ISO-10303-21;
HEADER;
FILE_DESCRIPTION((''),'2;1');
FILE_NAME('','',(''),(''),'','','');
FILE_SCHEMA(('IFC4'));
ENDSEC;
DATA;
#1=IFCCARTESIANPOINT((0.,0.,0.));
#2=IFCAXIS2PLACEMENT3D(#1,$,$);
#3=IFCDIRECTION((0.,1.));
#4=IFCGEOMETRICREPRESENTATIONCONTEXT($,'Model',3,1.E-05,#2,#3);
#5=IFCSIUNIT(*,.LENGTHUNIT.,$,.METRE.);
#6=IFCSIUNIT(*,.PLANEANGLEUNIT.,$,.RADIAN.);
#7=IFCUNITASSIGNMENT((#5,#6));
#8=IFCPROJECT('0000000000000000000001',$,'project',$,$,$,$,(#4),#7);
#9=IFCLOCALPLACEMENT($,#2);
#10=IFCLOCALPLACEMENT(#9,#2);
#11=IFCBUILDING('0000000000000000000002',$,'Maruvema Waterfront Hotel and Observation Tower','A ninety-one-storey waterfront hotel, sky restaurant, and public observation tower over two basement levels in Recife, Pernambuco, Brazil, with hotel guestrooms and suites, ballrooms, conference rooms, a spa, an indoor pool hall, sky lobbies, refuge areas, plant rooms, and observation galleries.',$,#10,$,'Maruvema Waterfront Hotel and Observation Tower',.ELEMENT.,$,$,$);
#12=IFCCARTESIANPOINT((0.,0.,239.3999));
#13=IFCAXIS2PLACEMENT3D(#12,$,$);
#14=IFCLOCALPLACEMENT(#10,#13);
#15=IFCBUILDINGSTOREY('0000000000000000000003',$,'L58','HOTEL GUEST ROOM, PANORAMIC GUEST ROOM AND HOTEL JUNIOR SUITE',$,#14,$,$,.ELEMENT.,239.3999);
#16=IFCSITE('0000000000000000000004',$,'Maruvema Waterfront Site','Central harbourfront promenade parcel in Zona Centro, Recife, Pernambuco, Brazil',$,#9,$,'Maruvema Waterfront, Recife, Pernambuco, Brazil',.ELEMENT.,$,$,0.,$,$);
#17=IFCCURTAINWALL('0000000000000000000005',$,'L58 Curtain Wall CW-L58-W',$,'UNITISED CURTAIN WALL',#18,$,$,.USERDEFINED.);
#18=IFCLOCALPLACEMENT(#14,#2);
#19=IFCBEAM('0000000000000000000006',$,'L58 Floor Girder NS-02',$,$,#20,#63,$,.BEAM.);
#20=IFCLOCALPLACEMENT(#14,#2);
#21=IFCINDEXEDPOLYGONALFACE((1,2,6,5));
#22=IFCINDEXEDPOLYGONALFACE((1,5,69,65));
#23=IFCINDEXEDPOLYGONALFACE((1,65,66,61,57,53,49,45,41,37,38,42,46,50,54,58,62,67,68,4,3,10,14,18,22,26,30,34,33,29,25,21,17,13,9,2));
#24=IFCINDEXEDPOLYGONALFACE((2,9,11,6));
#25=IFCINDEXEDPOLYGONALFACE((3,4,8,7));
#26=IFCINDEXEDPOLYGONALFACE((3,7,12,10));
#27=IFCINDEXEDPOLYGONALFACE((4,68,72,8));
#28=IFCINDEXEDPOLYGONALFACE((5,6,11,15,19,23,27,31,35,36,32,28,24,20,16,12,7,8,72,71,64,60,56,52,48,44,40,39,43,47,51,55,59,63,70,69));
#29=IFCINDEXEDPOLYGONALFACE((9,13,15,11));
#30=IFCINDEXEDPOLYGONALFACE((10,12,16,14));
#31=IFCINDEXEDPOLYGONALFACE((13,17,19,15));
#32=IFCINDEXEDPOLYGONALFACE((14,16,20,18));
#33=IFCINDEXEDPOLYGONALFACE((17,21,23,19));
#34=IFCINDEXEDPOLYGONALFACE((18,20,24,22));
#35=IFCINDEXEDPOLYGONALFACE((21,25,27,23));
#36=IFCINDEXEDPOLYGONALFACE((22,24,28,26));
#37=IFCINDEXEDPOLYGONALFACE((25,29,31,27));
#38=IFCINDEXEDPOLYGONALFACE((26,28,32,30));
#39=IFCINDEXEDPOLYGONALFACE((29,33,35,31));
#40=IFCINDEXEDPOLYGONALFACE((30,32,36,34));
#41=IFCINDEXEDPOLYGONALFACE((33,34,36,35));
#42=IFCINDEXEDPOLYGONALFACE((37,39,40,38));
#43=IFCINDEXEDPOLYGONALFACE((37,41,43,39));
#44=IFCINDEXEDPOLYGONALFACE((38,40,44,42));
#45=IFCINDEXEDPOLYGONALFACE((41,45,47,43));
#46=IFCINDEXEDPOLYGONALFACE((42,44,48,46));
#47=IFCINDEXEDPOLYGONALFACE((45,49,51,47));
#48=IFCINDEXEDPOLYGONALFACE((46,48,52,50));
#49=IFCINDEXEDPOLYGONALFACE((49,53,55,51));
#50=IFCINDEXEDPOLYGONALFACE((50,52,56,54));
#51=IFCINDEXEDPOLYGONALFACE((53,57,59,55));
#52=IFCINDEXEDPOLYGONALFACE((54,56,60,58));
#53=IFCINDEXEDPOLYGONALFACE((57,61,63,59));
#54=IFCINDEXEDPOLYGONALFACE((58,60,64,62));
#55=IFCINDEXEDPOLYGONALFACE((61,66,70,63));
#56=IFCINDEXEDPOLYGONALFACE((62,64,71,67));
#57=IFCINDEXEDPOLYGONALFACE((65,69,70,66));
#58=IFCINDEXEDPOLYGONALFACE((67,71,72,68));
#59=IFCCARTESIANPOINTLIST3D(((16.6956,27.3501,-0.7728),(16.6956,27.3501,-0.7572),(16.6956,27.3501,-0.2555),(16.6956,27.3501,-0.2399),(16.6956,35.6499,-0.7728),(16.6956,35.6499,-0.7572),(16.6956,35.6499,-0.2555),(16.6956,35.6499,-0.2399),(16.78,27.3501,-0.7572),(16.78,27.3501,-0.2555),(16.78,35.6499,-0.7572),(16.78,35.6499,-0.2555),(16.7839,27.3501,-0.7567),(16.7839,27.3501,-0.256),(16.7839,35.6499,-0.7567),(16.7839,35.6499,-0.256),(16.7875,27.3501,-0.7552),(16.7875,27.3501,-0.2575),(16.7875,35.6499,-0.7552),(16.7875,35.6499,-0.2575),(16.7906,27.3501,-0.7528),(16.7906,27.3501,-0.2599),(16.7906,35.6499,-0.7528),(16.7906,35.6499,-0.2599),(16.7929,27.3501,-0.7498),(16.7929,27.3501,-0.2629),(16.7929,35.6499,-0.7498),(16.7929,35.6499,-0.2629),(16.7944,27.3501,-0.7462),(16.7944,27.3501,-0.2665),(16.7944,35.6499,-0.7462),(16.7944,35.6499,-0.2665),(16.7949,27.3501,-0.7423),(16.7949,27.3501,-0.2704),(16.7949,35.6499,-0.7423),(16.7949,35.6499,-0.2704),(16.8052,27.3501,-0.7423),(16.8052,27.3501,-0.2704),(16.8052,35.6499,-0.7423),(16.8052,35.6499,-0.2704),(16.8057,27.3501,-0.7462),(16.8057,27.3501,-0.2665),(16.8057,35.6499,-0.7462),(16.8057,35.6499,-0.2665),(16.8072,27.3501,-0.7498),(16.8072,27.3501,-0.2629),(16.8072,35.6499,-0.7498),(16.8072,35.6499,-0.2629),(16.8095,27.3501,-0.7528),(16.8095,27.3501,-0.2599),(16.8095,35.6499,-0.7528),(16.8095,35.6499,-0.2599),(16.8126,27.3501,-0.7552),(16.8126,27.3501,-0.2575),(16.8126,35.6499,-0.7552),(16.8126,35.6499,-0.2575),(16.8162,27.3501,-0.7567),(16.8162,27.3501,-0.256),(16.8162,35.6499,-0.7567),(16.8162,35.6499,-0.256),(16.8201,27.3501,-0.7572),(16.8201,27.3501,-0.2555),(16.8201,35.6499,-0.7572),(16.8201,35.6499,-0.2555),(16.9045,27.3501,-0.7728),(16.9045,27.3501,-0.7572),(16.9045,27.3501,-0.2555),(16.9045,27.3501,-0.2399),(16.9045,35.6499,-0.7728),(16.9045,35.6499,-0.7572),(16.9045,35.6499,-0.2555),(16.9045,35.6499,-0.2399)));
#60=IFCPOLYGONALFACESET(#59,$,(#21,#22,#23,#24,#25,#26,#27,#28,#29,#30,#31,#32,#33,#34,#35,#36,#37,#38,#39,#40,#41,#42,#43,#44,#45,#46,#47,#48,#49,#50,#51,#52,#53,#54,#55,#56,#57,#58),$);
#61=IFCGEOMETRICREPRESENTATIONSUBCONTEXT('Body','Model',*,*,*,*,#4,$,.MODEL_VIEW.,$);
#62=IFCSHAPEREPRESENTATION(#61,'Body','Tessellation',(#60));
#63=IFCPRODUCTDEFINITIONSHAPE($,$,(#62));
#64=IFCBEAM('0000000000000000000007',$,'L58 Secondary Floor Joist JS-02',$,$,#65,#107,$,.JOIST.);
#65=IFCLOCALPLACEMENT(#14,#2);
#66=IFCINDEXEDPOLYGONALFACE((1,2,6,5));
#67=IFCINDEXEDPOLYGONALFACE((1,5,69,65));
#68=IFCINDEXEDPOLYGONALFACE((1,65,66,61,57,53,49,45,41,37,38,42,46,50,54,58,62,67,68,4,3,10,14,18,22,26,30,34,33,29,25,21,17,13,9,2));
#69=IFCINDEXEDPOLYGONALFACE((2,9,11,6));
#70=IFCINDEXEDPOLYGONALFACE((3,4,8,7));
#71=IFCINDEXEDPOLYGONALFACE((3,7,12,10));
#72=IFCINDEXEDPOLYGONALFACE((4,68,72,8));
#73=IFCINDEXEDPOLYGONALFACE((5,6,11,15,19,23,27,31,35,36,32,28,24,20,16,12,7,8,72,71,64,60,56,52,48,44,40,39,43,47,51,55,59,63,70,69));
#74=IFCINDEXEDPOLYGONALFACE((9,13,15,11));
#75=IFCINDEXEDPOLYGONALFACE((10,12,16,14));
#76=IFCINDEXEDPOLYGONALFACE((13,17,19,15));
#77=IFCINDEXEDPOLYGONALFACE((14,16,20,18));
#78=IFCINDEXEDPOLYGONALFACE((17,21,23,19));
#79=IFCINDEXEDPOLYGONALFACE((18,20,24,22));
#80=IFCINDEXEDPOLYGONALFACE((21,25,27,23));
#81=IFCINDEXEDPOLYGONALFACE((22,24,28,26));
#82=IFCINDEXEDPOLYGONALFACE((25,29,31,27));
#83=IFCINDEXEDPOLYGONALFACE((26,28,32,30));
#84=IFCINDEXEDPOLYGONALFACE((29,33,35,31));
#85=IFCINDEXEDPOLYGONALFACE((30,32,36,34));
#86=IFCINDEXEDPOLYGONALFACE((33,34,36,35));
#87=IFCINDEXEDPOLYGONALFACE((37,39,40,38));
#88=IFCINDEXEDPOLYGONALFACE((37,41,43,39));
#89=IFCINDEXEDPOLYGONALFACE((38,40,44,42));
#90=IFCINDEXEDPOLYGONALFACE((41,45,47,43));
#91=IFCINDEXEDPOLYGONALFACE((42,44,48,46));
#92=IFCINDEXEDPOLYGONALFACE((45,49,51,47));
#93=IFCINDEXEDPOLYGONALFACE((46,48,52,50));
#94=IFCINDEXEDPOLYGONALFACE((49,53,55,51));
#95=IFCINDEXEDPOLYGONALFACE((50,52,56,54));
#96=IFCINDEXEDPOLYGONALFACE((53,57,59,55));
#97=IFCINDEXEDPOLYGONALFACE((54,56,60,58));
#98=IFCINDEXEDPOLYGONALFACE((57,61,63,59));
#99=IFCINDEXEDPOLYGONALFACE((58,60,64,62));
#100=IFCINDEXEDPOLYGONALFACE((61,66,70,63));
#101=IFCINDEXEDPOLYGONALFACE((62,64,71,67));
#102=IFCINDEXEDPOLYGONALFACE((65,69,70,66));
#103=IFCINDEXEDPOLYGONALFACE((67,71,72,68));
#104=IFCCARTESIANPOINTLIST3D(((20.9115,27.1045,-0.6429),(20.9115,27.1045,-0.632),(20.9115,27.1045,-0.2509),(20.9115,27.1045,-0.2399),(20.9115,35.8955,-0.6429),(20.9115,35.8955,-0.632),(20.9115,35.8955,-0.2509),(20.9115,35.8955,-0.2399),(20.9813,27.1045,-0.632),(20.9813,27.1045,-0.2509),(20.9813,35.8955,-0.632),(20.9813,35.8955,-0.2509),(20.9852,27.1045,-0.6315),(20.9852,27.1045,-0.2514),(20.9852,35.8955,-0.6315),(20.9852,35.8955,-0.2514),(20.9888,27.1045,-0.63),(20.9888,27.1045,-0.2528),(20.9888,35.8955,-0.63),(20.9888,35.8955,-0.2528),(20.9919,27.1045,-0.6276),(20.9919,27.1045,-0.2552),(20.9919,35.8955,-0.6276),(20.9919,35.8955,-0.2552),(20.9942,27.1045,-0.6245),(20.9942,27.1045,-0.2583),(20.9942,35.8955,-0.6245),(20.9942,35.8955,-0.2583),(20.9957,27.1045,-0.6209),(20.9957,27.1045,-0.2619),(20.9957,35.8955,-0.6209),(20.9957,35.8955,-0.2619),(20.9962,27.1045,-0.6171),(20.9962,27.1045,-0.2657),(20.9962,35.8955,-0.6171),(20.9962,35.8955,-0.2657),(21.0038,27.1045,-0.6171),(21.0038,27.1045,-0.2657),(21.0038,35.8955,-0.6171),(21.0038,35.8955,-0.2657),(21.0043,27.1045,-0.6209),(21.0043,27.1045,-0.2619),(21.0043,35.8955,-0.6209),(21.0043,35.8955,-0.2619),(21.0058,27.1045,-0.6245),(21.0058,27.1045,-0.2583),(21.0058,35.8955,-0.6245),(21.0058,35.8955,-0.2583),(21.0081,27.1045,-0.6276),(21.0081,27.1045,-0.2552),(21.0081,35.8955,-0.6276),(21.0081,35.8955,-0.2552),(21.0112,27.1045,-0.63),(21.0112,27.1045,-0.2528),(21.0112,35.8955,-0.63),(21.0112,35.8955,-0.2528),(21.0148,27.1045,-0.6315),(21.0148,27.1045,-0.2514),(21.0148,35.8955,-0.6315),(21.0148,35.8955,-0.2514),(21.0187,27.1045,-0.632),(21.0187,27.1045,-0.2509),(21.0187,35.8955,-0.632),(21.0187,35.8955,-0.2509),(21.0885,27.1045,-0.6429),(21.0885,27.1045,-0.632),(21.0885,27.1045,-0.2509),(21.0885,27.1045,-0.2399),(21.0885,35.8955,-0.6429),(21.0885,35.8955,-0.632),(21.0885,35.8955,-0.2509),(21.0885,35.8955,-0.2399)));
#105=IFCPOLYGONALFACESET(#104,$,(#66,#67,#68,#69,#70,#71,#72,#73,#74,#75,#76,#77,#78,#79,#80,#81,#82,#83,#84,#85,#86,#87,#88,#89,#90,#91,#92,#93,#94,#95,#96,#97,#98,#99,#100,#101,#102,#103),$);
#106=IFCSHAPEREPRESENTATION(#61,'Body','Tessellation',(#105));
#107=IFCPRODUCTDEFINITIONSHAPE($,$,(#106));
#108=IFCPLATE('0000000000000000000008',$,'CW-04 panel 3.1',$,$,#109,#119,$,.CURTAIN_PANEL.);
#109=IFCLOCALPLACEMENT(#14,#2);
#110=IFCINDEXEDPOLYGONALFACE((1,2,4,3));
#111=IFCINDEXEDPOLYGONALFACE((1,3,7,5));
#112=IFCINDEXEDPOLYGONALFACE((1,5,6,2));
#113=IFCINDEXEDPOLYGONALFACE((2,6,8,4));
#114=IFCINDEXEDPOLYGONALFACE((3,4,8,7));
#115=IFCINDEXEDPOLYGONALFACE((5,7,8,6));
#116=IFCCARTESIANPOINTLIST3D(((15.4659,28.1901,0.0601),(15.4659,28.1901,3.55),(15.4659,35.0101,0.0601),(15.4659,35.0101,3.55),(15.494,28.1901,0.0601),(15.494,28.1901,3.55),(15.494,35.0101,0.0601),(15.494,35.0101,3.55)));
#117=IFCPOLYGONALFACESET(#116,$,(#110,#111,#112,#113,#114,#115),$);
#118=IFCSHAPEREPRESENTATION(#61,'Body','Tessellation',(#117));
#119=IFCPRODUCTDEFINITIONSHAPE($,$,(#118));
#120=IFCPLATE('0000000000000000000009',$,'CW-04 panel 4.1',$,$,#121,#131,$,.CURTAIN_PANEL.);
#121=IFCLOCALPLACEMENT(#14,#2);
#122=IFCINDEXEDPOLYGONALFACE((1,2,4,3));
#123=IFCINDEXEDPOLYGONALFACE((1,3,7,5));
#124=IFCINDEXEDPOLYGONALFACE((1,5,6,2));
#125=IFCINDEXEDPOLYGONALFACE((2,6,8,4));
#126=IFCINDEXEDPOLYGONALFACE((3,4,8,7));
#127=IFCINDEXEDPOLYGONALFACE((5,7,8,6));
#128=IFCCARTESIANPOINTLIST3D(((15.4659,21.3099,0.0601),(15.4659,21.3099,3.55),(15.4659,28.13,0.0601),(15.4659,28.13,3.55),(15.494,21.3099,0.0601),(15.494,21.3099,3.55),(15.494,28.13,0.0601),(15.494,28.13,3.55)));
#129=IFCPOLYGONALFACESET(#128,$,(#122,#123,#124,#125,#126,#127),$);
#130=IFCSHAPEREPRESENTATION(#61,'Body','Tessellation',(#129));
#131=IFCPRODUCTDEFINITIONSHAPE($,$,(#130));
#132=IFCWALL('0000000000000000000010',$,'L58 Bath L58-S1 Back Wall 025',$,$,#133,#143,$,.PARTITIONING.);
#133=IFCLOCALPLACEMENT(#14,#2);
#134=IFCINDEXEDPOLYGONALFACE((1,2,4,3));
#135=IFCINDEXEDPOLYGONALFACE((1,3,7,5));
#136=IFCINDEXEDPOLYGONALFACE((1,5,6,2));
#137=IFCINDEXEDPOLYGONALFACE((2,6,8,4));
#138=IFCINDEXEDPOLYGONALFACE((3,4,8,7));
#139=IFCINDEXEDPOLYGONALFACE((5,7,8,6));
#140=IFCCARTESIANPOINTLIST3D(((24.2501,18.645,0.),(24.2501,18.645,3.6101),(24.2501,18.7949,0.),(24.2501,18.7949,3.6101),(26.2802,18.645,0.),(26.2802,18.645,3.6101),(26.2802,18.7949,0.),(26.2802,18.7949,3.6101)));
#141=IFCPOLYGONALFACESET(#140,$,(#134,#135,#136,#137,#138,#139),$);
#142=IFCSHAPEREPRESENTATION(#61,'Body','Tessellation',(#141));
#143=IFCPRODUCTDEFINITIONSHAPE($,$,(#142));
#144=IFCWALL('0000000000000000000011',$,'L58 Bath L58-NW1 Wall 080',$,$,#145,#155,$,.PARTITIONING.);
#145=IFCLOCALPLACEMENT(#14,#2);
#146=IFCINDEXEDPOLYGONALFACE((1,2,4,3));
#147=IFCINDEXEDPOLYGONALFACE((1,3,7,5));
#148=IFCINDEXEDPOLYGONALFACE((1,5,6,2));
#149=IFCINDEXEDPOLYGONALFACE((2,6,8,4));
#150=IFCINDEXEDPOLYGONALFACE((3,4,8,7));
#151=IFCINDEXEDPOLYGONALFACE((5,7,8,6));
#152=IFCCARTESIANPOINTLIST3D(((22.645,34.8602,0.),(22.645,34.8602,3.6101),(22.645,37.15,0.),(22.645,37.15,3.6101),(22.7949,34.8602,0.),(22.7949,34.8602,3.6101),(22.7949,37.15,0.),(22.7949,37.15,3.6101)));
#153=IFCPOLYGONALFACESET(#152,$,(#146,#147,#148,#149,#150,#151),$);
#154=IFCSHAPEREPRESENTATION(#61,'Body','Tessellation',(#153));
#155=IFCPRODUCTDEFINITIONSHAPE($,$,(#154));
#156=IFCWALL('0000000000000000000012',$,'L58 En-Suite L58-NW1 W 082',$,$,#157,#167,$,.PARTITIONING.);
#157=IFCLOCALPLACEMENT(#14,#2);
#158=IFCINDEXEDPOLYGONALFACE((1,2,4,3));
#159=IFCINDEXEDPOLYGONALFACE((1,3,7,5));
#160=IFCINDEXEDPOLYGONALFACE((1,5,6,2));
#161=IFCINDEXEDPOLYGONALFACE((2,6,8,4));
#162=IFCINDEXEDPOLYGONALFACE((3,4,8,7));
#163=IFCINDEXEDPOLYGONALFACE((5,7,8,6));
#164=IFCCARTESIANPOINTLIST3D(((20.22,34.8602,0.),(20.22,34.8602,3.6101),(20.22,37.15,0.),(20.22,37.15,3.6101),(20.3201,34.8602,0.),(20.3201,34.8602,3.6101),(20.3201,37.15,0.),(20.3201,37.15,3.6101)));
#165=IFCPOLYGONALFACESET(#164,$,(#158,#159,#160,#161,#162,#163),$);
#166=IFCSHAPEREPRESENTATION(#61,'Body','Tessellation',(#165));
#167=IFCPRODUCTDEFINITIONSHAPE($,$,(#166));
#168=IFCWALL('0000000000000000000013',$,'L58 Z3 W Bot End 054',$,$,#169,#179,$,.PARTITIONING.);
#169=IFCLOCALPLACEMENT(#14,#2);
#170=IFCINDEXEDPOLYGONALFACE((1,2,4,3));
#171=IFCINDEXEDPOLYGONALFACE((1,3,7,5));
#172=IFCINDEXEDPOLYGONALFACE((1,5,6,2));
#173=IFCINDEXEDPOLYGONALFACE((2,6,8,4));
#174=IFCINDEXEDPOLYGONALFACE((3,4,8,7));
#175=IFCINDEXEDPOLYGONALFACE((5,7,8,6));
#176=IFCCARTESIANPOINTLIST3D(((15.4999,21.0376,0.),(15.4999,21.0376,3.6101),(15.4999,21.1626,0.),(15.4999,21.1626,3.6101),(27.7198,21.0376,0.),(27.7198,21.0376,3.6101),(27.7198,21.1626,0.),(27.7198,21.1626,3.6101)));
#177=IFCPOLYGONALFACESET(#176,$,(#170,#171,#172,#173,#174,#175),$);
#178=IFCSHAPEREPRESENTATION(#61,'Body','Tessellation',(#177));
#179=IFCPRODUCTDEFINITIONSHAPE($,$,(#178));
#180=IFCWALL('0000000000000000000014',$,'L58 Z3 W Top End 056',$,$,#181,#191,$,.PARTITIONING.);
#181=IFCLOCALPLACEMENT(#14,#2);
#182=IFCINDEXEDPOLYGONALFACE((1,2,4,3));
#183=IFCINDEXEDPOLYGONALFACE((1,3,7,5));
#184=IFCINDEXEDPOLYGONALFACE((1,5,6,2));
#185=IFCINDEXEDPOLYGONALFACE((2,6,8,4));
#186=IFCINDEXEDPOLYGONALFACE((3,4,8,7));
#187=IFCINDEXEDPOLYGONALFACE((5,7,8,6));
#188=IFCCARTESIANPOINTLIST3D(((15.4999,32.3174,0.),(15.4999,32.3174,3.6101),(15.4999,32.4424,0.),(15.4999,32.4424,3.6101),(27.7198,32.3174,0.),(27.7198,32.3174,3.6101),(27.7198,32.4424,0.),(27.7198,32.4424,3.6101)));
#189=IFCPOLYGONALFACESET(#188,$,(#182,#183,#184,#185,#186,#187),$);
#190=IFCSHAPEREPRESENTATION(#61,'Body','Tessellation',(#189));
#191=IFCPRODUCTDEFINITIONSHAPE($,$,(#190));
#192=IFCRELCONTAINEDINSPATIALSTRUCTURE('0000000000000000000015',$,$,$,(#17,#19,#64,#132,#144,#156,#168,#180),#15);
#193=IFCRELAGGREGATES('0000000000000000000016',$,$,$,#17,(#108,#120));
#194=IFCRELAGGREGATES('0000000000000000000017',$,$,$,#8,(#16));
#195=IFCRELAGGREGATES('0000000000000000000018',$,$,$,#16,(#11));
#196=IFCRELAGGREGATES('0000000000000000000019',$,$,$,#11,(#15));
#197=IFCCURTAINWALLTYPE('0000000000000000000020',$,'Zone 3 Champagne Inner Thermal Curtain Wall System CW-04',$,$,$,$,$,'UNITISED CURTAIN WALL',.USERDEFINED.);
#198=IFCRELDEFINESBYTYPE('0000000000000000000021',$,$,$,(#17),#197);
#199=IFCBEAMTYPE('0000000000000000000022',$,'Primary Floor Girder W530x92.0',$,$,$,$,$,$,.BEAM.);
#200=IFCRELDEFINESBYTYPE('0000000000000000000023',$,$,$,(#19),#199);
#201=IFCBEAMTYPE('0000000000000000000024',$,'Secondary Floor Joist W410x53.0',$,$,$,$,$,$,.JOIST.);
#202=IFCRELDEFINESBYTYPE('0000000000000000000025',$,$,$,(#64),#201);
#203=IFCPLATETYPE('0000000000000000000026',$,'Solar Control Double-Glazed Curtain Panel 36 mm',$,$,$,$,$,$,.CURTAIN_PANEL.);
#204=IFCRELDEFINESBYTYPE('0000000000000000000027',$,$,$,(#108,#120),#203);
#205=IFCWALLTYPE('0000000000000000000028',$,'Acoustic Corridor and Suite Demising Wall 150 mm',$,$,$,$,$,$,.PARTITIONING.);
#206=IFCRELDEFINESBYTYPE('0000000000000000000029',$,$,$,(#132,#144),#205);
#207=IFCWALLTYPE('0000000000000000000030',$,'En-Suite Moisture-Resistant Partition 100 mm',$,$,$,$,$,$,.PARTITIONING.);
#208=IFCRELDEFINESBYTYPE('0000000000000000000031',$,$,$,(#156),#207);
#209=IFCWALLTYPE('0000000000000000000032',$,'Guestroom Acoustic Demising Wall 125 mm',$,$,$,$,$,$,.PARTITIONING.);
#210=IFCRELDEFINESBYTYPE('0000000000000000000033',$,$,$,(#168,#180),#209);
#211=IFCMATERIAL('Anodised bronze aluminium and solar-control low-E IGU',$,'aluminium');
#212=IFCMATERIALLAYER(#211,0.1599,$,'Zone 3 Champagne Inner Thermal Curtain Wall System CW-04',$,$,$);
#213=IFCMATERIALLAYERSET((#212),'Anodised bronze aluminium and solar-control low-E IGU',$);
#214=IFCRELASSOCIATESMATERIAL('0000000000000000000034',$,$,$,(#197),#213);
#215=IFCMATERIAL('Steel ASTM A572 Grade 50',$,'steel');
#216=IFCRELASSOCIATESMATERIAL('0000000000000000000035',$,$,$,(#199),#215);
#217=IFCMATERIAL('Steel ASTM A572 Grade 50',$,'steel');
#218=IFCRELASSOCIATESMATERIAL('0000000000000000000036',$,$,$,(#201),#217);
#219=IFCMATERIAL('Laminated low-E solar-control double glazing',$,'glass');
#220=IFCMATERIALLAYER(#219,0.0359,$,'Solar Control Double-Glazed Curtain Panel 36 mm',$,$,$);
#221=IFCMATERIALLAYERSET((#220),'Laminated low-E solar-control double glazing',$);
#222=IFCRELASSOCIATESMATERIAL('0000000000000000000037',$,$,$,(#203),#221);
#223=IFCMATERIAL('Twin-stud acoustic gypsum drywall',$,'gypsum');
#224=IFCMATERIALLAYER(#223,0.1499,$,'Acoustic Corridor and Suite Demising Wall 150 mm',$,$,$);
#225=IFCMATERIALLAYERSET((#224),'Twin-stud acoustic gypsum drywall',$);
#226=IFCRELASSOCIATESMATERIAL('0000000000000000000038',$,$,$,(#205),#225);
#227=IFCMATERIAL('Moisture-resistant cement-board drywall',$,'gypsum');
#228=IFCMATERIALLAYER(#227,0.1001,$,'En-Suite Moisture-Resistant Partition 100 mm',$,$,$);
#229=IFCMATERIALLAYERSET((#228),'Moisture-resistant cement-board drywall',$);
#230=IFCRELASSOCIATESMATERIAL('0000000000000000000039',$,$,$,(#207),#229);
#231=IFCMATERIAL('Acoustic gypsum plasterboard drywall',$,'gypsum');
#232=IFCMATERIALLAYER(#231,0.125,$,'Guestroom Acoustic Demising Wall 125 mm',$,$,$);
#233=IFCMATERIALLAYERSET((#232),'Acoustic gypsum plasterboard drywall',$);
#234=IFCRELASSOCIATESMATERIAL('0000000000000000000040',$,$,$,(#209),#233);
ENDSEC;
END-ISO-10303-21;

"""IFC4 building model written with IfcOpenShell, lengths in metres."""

from ifc_helpers import new_model, si_unit, direction, frame, frame_2d, origin, origin_2d, place, context, subcontext, project, spatial, rectangle, i_section, extrude, material, layer, layer_set, material_profile, profile_set, type_object, element, aggregate, save


model = new_model("IFC4")

# Units and contexts
model_context = context("Model", 3, precision=1e-05, world=origin(), true_north=direction((0.0, 1.0)))
body_context = subcontext(model_context, "Body", "Model", "MODEL_VIEW")
ifc_project = project(units=[si_unit("LENGTHUNIT", "METRE"), si_unit("PLANEANGLEUNIT", "RADIAN")], contexts=[model_context])

# Site, building, storey
site_placement = place(None, origin())
site = spatial("IfcSite", under=ifc_project, at=site_placement, Name="Maruvema Waterfront Site", Description="Central harbourfront promenade parcel in Zona Centro, Recife, Pernambuco, Brazil", LongName="Maruvema Waterfront, Recife, Pernambuco, Brazil", CompositionType="ELEMENT", RefElevation=0.0)
building_placement = place(site_placement, origin())
building = spatial("IfcBuilding", under=site, at=building_placement, Name="Maruvema Waterfront Hotel and Observation Tower", Description="A ninety-one-storey waterfront hotel, sky restaurant, and public observation tower over two basement levels in Recife, Pernambuco, Brazil, with hotel guestrooms and suites, ballrooms, conference rooms, a spa, an indoor pool hall, sky lobbies, refuge areas, plant rooms, and observation galleries.", LongName="Maruvema Waterfront Hotel and Observation Tower", CompositionType="ELEMENT")
storey_placement = place(building_placement, frame((0.0, 0.0, 239.3999)))
storey = spatial("IfcBuildingStorey", under=building, at=storey_placement, Name="L58", Description="HOTEL GUEST ROOM, PANORAMIC GUEST ROOM AND HOTEL JUNIOR SUITE", CompositionType="ELEMENT", Elevation=239.3999)

# Curtain wall
ifc_material_1 = material(Name="Anodised bronze aluminium and solar-control low-E IGU", Category="aluminium")
ifc_layer_1 = layer(ifc_material_1, 0.1599, Name="Zone 3 Champagne Inner Thermal Curtain Wall System CW-04")
ifc_layer_set_1 = layer_set([ifc_layer_1], Name="Anodised bronze aluminium and solar-control low-E IGU")
curtain_wall_type = type_object("IfcCurtainWallType", Name="Zone 3 Champagne Inner Thermal Curtain Wall System CW-04", ElementType="UNITISED CURTAIN WALL", PredefinedType="USERDEFINED", material=ifc_layer_set_1)
curtain_wall_placement = place(storey_placement, origin())
curtain_wall = element("IfcCurtainWall", 1, at=curtain_wall_placement, inside=storey, type_object=curtain_wall_type, Name="L58 Curtain Wall CW-L58-W", ObjectType="UNITISED CURTAIN WALL", PredefinedType="USERDEFINED")

# Beams
ifc_material_2 = material(Name="Steel ASTM A572 Grade 50", Category="steel")
ifc_material_profile_1 = material_profile(ifc_material_2, i_section(OverallWidth=0.209, OverallDepth=0.533, WebThickness=0.0103, FlangeThickness=0.0156, FilletRadius=0.0149, at=origin_2d()), Name="W530x92.0")
ifc_profile_set_1 = profile_set([ifc_material_profile_1], Name="Steel ASTM A572 Grade 50")
beam_type_1 = type_object("IfcBeamType", Name="Primary Floor Girder W530x92.0", PredefinedType="BEAM", material=ifc_profile_set_1)
beam_1_placement = place(storey_placement, frame((16.8, 27.3501, -0.5063), z_axis=(0.0, 1.0, 0.0), x_axis=(-1.0, 0.0, 0.0)))
element("IfcBeam", 2, at=beam_1_placement, inside=storey, type_object=beam_type_1, Name="L58 Floor Girder NS-02", PredefinedType="BEAM", context=body_context, shape_type="SweptSolid", body=[
    extrude(i_section(OverallWidth=0.209, OverallDepth=0.533, WebThickness=0.0103, FlangeThickness=0.0156, FilletRadius=0.0149, at=origin_2d()), origin(), (0.0, 0.0, 1.0), 8.2998),
])
ifc_material_3 = material(Name="Steel ASTM A572 Grade 50", Category="steel")
ifc_material_profile_2 = material_profile(ifc_material_3, i_section(OverallWidth=0.177, OverallDepth=0.4031, WebThickness=0.0076, FlangeThickness=0.011, FilletRadius=0.0149, at=origin_2d()), Name="W410x53.0")
ifc_profile_set_2 = profile_set([ifc_material_profile_2], Name="Steel ASTM A572 Grade 50")
beam_type_2 = type_object("IfcBeamType", Name="Secondary Floor Joist W410x53.0", PredefinedType="JOIST", material=ifc_profile_set_2)
beam_2_placement = place(storey_placement, frame((21.0, 27.1045, -0.4414), z_axis=(0.0, 1.0, 0.0), x_axis=(-1.0, 0.0, 0.0)))
element("IfcBeam", 3, at=beam_2_placement, inside=storey, type_object=beam_type_2, Name="L58 Secondary Floor Joist JS-02", PredefinedType="JOIST", context=body_context, shape_type="SweptSolid", body=[
    extrude(i_section(OverallWidth=0.177, OverallDepth=0.4031, WebThickness=0.0076, FlangeThickness=0.011, FilletRadius=0.0149, at=origin_2d()), origin(), (0.0, 0.0, 1.0), 8.791),
])

# Plates
ifc_material_4 = material(Name="Laminated low-E solar-control double glazing", Category="glass")
ifc_layer_2 = layer(ifc_material_4, 0.0359, Name="Solar Control Double-Glazed Curtain Panel 36 mm")
ifc_layer_set_2 = layer_set([ifc_layer_2], Name="Laminated low-E solar-control double glazing")
plate_type = type_object("IfcPlateType", Name="Solar Control Double-Glazed Curtain Panel 36 mm", PredefinedType="CURTAIN_PANEL", material=ifc_layer_set_2)
plate_1_placement = place(storey_placement, frame((15.48, 31.6001, 0.0601), z_axis=(0.0, 0.0, 1.0), x_axis=(0.0, -1.0, 0.0)))
plate_1 = element("IfcPlate", 4, at=plate_1_placement, type_object=plate_type, Name="CW-04 panel 3.1", PredefinedType="CURTAIN_PANEL", context=body_context, shape_type="SweptSolid", body=[
    extrude(rectangle(XDim=6.8201, YDim=0.0281, at=origin_2d()), origin(), (0.0, 0.0, 1.0), 3.49),
])
plate_2_placement = place(storey_placement, frame((15.48, 24.72, 0.0601), z_axis=(0.0, 0.0, 1.0), x_axis=(0.0, -1.0, 0.0)))
plate_2 = element("IfcPlate", 5, at=plate_2_placement, type_object=plate_type, Name="CW-04 panel 4.1", PredefinedType="CURTAIN_PANEL", context=body_context, shape_type="SweptSolid", body=[
    extrude(rectangle(XDim=6.8201, YDim=0.0281, at=origin_2d()), origin(), (0.0, 0.0, 1.0), 3.49),
])
aggregate(curtain_wall, [plate_1, plate_2])

# Walls
ifc_material_5 = material(Name="Twin-stud acoustic gypsum drywall", Category="gypsum")
ifc_layer_3 = layer(ifc_material_5, 0.1499, Name="Acoustic Corridor and Suite Demising Wall 150 mm")
ifc_layer_set_3 = layer_set([ifc_layer_3], Name="Twin-stud acoustic gypsum drywall")
wall_type_1 = type_object("IfcWallType", Name="Acoustic Corridor and Suite Demising Wall 150 mm", PredefinedType="PARTITIONING", material=ifc_layer_set_3)
wall_1_placement = place(storey_placement, frame((24.25, 18.72, 0.0), z_axis=(0.0, 0.0, 1.0), x_axis=(1.0, 0.0, 0.0)))
element("IfcWall", 6, at=wall_1_placement, inside=storey, type_object=wall_type_1, Name="L58 Bath L58-S1 Back Wall 025", PredefinedType="PARTITIONING", context=body_context, shape_type="SweptSolid", body=[
    extrude(rectangle(XDim=2.03, YDim=0.1499, at=frame_2d((1.0151, 0.0))), origin(), (0.0, 0.0, 1.0), 3.6101),
])
wall_2_placement = place(storey_placement, frame((22.72, 34.8601, 0.0), z_axis=(0.0, 0.0, 1.0), x_axis=(0.0, 1.0, 0.0)))
element("IfcWall", 7, at=wall_2_placement, inside=storey, type_object=wall_type_1, Name="L58 Bath L58-NW1 Wall 080", PredefinedType="PARTITIONING", context=body_context, shape_type="SweptSolid", body=[
    extrude(rectangle(XDim=2.2898, YDim=0.1499, at=frame_2d((1.145, 0.0))), origin(), (0.0, 0.0, 1.0), 3.6101),
])
ifc_material_6 = material(Name="Moisture-resistant cement-board drywall", Category="gypsum")
ifc_layer_4 = layer(ifc_material_6, 0.1001, Name="En-Suite Moisture-Resistant Partition 100 mm")
ifc_layer_set_4 = layer_set([ifc_layer_4], Name="Moisture-resistant cement-board drywall")
wall_type_2 = type_object("IfcWallType", Name="En-Suite Moisture-Resistant Partition 100 mm", PredefinedType="PARTITIONING", material=ifc_layer_set_4)
wall_3_placement = place(storey_placement, frame((20.27, 34.8601, 0.0), z_axis=(0.0, 0.0, 1.0), x_axis=(0.0, 1.0, 0.0)))
element("IfcWall", 8, at=wall_3_placement, inside=storey, type_object=wall_type_2, Name="L58 En-Suite L58-NW1 W 082", PredefinedType="PARTITIONING", context=body_context, shape_type="SweptSolid", body=[
    extrude(rectangle(XDim=2.2898, YDim=0.1001, at=frame_2d((1.145, 0.0))), origin(), (0.0, 0.0, 1.0), 3.6101),
])
ifc_material_7 = material(Name="Acoustic gypsum plasterboard drywall", Category="gypsum")
ifc_layer_5 = layer(ifc_material_7, 0.125, Name="Guestroom Acoustic Demising Wall 125 mm")
ifc_layer_set_5 = layer_set([ifc_layer_5], Name="Acoustic gypsum plasterboard drywall")
wall_type_3 = type_object("IfcWallType", Name="Guestroom Acoustic Demising Wall 125 mm", PredefinedType="PARTITIONING", material=ifc_layer_set_5)
for number, where, z_axis, x_axis, name in (
    (9, (15.5, 21.1001, 0.0), (0.0, 0.0, 1.0), (1.0, 0.0, 0.0), "L58 Z3 W Bot End 054"),
    (10, (15.5, 32.3799, 0.0), (0.0, 0.0, 1.0), (1.0, 0.0, 0.0), "L58 Z3 W Top End 056"),
):
    element("IfcWall", number, at=place(storey_placement, frame(where, z_axis=z_axis, x_axis=x_axis)), inside=storey, type_object=wall_type_3, Name=name, PredefinedType="PARTITIONING", context=body_context, shape_type="SweptSolid", body=[
        extrude(rectangle(XDim=12.22, YDim=0.125, at=frame_2d((6.1099, 0.0))), origin(), (0.0, 0.0, 1.0), 3.6101),
    ])

save(model, "model.ifc")
